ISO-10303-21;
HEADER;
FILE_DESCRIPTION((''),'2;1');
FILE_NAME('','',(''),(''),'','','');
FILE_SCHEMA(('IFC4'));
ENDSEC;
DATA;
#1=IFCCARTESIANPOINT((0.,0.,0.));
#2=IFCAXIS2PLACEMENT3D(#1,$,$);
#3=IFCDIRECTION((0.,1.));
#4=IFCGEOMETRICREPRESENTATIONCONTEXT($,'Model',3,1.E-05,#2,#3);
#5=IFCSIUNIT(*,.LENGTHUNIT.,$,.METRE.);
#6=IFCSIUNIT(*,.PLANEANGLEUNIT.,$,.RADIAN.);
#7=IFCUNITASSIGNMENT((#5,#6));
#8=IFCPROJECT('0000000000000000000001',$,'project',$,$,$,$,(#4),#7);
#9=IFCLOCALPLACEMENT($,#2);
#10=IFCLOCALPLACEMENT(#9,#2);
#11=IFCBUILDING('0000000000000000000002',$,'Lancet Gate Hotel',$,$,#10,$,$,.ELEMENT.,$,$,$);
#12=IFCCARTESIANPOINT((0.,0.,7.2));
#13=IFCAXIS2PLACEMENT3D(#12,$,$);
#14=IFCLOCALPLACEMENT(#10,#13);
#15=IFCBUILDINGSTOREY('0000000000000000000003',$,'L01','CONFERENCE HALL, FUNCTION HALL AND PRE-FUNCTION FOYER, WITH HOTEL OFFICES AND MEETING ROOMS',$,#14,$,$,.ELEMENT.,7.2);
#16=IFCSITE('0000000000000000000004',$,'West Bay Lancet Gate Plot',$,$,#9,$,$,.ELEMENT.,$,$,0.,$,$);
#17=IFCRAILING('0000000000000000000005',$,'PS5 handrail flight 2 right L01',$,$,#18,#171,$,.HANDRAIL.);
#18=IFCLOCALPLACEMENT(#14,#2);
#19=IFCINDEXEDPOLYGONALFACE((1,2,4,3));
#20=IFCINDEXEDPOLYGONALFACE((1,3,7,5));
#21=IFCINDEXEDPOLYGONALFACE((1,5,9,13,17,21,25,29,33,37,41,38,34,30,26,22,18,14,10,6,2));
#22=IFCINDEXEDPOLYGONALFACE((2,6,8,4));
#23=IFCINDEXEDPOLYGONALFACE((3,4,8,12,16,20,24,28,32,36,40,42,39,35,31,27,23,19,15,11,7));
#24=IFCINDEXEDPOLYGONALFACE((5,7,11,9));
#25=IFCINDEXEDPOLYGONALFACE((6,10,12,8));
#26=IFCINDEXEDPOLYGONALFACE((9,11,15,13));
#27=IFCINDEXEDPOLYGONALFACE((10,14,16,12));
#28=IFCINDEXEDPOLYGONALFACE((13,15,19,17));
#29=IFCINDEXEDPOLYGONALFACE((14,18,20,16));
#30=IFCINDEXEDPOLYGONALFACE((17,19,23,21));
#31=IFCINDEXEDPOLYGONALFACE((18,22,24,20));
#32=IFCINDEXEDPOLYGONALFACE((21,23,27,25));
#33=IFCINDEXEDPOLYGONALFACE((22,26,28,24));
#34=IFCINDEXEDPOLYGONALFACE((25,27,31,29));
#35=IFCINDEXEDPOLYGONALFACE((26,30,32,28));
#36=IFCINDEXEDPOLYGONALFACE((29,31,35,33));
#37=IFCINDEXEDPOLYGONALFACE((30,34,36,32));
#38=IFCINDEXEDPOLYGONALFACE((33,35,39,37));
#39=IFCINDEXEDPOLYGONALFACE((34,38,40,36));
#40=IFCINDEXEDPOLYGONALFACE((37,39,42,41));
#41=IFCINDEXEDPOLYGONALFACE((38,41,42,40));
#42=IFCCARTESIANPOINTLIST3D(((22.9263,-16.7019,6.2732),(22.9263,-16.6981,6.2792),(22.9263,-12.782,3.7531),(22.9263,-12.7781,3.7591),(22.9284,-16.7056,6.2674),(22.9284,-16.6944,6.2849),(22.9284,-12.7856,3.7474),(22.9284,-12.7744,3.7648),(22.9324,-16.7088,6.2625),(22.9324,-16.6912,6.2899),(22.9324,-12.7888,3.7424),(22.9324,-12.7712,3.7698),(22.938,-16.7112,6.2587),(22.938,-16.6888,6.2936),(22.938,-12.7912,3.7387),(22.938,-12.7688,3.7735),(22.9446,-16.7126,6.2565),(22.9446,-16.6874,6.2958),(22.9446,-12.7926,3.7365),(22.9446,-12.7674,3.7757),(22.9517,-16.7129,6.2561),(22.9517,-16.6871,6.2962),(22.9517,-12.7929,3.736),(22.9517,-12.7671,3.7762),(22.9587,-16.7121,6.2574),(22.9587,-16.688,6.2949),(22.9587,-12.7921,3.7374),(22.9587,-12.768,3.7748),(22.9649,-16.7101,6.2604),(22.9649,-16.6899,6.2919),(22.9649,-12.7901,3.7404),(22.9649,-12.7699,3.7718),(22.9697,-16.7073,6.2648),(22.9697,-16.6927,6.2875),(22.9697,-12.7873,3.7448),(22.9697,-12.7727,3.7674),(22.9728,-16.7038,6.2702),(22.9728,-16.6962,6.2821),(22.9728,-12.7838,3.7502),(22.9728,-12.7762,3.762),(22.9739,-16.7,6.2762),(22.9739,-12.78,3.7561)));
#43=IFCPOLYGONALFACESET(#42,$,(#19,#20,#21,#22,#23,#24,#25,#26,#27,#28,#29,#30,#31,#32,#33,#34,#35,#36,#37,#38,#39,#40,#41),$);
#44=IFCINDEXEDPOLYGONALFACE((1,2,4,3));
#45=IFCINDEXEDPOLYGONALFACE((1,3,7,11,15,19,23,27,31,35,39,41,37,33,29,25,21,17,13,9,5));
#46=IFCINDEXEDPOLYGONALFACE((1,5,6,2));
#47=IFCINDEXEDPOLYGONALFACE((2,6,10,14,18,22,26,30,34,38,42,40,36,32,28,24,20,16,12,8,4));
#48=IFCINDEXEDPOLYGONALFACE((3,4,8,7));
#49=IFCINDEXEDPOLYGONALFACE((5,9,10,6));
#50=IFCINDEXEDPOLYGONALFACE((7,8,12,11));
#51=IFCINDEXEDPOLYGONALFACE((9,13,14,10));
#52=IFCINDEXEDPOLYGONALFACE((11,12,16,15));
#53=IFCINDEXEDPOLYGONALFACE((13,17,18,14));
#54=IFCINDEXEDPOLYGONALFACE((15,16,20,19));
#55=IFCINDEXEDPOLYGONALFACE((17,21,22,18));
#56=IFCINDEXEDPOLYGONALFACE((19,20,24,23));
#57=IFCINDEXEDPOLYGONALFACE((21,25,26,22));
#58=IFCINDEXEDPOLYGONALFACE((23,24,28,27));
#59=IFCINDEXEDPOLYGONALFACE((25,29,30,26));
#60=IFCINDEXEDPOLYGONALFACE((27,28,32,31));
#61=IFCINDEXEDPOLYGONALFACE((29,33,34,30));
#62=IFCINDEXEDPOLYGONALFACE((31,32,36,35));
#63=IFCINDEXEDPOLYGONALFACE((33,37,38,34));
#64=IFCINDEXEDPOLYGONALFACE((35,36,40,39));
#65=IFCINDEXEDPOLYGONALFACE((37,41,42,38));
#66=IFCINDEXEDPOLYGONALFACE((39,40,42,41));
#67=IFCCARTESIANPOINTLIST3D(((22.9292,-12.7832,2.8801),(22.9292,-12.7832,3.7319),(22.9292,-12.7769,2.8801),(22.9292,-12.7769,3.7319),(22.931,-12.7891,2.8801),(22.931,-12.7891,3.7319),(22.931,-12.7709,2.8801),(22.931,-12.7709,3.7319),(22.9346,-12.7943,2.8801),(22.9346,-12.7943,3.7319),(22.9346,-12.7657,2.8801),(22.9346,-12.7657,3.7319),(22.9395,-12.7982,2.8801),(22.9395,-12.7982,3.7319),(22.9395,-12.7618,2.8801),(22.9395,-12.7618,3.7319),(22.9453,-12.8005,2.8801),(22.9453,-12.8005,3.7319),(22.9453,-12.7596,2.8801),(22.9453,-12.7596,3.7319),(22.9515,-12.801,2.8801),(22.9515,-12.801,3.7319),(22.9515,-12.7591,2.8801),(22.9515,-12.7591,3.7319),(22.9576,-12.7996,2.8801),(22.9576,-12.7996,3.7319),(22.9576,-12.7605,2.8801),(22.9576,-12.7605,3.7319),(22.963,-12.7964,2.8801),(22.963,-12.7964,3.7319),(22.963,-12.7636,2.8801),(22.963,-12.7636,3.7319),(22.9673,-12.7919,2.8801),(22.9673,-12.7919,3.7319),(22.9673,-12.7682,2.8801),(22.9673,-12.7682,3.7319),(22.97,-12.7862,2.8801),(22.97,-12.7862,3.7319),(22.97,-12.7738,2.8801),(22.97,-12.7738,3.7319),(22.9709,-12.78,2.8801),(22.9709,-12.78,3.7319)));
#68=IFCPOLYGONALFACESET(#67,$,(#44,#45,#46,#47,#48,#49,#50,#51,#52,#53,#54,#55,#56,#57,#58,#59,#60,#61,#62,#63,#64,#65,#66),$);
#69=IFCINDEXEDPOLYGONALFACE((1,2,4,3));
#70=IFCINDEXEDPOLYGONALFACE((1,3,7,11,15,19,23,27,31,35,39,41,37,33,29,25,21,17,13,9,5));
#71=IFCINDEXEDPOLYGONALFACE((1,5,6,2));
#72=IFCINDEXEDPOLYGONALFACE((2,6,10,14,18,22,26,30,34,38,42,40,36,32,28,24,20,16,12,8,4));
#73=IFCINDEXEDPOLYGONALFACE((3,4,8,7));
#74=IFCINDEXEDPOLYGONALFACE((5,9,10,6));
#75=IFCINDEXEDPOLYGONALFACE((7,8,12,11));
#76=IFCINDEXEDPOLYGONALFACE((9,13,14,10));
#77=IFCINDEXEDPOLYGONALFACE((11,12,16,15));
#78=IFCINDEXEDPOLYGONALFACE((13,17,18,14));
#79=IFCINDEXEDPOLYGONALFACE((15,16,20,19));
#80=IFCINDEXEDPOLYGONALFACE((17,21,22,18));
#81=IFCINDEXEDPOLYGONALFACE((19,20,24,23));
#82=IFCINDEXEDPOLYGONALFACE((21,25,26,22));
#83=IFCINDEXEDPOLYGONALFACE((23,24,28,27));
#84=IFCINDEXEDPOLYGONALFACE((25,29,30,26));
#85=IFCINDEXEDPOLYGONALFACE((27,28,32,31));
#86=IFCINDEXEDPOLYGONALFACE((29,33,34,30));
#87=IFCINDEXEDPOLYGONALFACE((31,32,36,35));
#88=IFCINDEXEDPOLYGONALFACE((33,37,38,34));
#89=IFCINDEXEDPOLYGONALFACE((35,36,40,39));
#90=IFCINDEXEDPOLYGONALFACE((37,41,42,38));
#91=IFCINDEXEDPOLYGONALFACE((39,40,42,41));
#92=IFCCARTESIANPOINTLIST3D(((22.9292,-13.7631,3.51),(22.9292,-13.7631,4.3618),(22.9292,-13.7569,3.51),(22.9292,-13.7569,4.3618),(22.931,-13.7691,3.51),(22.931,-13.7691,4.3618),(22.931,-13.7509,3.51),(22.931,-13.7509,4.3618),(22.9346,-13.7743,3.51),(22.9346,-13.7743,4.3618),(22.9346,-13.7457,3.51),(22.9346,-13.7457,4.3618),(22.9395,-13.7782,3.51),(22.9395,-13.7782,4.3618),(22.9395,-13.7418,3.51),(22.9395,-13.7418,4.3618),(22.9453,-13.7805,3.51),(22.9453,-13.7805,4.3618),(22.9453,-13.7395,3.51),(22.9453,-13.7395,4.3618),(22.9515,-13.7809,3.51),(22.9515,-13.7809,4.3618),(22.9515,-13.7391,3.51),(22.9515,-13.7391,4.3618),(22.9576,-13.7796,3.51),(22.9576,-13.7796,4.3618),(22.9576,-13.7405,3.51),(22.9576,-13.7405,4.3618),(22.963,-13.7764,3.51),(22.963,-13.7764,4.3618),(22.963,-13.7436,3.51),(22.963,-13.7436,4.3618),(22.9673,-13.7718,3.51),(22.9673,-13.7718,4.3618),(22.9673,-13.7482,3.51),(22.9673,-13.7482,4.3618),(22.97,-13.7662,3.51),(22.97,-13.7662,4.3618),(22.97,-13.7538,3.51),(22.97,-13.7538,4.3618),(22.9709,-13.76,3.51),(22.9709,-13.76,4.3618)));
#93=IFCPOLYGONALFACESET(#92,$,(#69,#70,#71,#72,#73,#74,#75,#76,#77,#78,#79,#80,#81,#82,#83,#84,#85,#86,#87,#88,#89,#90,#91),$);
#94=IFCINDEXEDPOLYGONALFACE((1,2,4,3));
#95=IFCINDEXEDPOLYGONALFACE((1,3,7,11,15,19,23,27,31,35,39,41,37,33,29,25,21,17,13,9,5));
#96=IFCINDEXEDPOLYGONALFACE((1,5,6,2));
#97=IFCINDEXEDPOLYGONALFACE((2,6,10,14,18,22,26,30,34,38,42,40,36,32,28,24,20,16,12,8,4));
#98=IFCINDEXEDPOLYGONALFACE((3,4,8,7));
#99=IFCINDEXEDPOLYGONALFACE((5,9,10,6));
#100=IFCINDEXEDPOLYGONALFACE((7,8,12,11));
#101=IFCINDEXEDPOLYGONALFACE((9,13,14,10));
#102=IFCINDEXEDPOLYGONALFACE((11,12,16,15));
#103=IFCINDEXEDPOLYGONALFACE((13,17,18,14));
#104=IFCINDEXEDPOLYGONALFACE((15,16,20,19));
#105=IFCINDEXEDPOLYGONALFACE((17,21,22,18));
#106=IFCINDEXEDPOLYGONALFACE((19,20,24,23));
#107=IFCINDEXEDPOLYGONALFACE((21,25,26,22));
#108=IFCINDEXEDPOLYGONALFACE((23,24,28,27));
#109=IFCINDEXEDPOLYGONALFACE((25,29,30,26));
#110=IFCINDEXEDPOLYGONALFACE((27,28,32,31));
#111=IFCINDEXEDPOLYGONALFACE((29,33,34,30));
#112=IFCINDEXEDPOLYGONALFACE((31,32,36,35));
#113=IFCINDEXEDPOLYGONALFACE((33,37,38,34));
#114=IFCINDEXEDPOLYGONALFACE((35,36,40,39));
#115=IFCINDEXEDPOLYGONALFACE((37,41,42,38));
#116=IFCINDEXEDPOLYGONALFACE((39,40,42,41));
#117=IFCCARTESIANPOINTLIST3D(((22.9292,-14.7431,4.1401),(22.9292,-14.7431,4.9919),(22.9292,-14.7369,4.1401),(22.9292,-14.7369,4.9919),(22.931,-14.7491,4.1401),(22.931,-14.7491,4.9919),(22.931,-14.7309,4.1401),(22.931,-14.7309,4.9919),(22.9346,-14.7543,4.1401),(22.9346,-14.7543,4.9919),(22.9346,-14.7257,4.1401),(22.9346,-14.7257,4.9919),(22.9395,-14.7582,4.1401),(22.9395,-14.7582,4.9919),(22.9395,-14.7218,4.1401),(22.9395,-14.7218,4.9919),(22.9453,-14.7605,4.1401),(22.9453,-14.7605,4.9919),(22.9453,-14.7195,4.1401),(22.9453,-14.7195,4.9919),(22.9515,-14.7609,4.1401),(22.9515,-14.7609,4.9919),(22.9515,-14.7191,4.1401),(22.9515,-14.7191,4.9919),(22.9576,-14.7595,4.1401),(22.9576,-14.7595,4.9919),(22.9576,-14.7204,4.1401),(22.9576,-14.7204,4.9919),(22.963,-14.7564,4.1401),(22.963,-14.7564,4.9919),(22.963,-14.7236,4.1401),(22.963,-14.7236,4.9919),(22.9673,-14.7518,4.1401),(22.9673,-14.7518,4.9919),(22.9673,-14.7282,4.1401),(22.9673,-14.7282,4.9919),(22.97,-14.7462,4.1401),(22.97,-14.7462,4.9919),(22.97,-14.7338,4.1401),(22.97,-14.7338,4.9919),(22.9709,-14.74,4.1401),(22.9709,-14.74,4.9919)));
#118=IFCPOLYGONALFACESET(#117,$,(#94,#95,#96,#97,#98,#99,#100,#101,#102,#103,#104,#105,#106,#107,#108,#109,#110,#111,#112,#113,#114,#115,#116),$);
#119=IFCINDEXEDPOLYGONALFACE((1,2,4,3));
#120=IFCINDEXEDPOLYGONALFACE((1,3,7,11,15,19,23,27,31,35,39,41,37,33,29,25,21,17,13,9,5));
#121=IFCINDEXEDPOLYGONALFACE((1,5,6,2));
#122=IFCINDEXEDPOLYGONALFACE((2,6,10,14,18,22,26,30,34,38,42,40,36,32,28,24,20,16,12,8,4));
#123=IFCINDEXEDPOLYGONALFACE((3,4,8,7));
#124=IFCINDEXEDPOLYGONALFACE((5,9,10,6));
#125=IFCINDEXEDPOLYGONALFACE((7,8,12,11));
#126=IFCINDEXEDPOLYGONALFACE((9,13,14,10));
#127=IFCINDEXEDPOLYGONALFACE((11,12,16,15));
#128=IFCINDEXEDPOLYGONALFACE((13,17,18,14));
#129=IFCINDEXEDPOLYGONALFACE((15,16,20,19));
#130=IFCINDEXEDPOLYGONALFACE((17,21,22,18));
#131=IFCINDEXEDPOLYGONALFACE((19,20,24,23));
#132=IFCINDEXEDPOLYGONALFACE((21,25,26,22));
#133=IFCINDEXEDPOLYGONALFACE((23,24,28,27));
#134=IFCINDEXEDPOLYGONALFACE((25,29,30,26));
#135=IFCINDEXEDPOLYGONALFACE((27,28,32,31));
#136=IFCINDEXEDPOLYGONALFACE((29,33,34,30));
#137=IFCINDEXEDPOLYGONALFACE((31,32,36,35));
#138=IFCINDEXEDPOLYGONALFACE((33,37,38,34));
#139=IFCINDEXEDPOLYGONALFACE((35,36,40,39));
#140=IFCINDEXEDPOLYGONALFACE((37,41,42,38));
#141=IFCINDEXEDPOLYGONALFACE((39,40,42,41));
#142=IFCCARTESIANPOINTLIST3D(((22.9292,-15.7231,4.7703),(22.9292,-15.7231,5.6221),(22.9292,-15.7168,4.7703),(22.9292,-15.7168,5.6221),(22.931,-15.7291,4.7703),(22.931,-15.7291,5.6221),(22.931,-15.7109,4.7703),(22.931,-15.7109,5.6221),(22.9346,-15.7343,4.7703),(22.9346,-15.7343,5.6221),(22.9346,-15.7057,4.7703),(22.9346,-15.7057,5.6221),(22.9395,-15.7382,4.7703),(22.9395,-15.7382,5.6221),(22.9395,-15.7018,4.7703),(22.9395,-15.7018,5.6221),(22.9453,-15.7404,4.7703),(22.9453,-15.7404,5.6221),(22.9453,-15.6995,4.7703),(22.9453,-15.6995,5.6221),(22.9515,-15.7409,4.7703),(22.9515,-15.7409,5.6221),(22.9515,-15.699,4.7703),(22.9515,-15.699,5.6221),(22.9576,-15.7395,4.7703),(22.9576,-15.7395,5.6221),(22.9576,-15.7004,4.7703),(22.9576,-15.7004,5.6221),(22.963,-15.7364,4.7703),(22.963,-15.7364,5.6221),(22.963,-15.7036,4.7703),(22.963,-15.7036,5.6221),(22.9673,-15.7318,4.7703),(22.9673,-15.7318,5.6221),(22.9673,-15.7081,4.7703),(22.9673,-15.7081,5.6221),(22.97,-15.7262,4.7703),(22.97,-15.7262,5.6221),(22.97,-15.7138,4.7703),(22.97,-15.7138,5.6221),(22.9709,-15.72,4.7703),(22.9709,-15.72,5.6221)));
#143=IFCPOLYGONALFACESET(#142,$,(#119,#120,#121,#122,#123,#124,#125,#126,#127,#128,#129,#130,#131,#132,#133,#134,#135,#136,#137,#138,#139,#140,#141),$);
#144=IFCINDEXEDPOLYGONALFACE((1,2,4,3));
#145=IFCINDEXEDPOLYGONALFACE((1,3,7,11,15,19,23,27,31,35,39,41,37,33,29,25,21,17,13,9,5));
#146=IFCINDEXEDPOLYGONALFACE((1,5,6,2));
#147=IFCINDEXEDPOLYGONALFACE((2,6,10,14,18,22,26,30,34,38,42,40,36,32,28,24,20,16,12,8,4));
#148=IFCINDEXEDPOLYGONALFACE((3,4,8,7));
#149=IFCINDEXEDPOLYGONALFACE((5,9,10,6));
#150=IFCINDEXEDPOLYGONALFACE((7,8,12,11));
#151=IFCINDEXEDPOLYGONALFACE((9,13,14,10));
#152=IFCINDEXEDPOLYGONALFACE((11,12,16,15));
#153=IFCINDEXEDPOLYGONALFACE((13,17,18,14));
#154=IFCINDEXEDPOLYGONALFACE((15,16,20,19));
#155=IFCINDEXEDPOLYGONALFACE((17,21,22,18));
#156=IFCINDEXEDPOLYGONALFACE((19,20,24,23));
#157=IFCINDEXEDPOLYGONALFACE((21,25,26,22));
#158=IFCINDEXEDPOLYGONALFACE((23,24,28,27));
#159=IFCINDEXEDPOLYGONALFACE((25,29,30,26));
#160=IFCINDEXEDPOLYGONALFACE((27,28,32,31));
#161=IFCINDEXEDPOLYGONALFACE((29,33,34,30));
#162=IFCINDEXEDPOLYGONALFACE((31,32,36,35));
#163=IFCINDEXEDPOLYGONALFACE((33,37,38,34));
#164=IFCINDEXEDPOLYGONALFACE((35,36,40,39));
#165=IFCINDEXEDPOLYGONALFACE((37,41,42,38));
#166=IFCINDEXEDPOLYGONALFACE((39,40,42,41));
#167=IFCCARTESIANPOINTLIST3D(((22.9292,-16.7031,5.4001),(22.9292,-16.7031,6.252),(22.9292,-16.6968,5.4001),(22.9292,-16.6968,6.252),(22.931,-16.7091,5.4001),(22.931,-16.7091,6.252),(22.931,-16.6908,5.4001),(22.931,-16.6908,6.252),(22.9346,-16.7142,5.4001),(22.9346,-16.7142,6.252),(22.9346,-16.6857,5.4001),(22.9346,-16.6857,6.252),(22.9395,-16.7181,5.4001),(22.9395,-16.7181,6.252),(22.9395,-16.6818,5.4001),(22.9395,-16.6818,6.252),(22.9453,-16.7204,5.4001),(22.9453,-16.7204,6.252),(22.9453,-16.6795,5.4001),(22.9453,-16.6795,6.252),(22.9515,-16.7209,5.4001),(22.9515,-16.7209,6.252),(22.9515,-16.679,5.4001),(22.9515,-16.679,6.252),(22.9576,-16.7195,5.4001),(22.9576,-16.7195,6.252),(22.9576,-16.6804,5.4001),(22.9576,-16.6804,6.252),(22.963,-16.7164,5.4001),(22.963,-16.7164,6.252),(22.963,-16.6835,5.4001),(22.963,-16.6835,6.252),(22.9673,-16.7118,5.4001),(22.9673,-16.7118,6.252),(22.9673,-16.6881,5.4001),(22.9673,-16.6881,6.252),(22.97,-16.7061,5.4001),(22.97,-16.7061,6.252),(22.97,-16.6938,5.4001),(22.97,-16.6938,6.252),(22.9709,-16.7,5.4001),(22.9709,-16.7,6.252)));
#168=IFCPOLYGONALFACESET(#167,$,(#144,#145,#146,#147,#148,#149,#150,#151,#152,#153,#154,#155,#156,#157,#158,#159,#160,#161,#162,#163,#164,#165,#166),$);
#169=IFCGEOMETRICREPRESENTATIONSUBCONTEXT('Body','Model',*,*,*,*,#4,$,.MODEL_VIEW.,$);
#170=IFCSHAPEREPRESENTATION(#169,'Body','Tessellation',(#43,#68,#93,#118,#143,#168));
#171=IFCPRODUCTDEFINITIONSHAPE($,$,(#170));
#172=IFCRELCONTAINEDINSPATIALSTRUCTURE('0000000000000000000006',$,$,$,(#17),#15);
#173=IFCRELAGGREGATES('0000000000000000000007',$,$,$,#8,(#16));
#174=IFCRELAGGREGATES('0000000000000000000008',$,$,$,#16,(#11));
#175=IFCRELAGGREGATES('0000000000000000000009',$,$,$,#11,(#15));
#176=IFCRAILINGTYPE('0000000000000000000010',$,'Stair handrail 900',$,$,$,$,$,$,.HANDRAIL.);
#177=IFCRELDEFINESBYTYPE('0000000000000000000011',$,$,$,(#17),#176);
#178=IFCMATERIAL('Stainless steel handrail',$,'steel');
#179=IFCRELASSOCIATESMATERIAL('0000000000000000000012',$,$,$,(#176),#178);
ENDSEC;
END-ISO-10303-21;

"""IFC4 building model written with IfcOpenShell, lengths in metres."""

from ifc_helpers import new_model, si_unit, direction, frame, origin, origin_2d, place, context, subcontext, project, spatial, circle, extrude, material, type_object, element, save


model = new_model("IFC4")

# Units and contexts
model_context = context("Model", 3, precision=1e-05, world=origin(), true_north=direction((0.0, 1.0)))
body_context = subcontext(model_context, "Body", "Model", "MODEL_VIEW")
ifc_project = project(units=[si_unit("LENGTHUNIT", "METRE"), si_unit("PLANEANGLEUNIT", "RADIAN")], contexts=[model_context])

# Site, building, storey
site_placement = place(None, origin())
site = spatial("IfcSite", under=ifc_project, at=site_placement, Name="West Bay Lancet Gate Plot", CompositionType="ELEMENT", RefElevation=0.0)
building_placement = place(site_placement, origin())
building = spatial("IfcBuilding", under=site, at=building_placement, Name="Lancet Gate Hotel", CompositionType="ELEMENT")
storey_placement = place(building_placement, frame((0.0, 0.0, 7.2)))
storey = spatial("IfcBuildingStorey", under=building, at=storey_placement, Name="L01", Description="CONFERENCE HALL, FUNCTION HALL AND PRE-FUNCTION FOYER, WITH HOTEL OFFICES AND MEETING ROOMS", CompositionType="ELEMENT", Elevation=7.2)

# Railing
ifc_material_1 = material(Name="Stainless steel handrail", Category="steel")
railing_type_1 = type_object("IfcRailingType", Name="Stair handrail 900", PredefinedType="HANDRAIL", material=ifc_material_1)
for number, where, name in (
    (1, (22.95, -12.78, 2.8801), "PS5 handrail flight 2 right L01"),
):
    element("IfcRailing", number, at=place(storey_placement, frame(where)), inside=storey, type_object=railing_type_1, Name=name, PredefinedType="HANDRAIL", context=body_context, shape_type="SweptSolid", body=[
        extrude(circle(Radius=0.0239, at=origin_2d()), frame((0.0, 0.0, 0.876), z_axis=(0.0, -0.841172, 0.540768), x_axis=(1.0, 0.0, 0.0)), (0.0, 0.0, 1.0), 4.6602),
        extrude(circle(Radius=0.021, at=origin_2d()), origin(), (0.0, 0.0, 1.0), 0.8518),
        extrude(circle(Radius=0.021, at=origin_2d()), frame((0.0, -0.98, 0.6299)), (0.0, 0.0, 1.0), 0.8518),
        extrude(circle(Radius=0.021, at=origin_2d()), frame((0.0, -1.96, 1.26)), (0.0, 0.0, 1.0), 0.8518),
        extrude(circle(Radius=0.021, at=origin_2d()), frame((0.0, -2.9399, 1.8901)), (0.0, 0.0, 1.0), 0.8518),
        extrude(circle(Radius=0.021, at=origin_2d()), frame((0.0, -3.9199, 2.52)), (0.0, 0.0, 1.0), 0.8518),
    ])

save(model, "model.ifc")
